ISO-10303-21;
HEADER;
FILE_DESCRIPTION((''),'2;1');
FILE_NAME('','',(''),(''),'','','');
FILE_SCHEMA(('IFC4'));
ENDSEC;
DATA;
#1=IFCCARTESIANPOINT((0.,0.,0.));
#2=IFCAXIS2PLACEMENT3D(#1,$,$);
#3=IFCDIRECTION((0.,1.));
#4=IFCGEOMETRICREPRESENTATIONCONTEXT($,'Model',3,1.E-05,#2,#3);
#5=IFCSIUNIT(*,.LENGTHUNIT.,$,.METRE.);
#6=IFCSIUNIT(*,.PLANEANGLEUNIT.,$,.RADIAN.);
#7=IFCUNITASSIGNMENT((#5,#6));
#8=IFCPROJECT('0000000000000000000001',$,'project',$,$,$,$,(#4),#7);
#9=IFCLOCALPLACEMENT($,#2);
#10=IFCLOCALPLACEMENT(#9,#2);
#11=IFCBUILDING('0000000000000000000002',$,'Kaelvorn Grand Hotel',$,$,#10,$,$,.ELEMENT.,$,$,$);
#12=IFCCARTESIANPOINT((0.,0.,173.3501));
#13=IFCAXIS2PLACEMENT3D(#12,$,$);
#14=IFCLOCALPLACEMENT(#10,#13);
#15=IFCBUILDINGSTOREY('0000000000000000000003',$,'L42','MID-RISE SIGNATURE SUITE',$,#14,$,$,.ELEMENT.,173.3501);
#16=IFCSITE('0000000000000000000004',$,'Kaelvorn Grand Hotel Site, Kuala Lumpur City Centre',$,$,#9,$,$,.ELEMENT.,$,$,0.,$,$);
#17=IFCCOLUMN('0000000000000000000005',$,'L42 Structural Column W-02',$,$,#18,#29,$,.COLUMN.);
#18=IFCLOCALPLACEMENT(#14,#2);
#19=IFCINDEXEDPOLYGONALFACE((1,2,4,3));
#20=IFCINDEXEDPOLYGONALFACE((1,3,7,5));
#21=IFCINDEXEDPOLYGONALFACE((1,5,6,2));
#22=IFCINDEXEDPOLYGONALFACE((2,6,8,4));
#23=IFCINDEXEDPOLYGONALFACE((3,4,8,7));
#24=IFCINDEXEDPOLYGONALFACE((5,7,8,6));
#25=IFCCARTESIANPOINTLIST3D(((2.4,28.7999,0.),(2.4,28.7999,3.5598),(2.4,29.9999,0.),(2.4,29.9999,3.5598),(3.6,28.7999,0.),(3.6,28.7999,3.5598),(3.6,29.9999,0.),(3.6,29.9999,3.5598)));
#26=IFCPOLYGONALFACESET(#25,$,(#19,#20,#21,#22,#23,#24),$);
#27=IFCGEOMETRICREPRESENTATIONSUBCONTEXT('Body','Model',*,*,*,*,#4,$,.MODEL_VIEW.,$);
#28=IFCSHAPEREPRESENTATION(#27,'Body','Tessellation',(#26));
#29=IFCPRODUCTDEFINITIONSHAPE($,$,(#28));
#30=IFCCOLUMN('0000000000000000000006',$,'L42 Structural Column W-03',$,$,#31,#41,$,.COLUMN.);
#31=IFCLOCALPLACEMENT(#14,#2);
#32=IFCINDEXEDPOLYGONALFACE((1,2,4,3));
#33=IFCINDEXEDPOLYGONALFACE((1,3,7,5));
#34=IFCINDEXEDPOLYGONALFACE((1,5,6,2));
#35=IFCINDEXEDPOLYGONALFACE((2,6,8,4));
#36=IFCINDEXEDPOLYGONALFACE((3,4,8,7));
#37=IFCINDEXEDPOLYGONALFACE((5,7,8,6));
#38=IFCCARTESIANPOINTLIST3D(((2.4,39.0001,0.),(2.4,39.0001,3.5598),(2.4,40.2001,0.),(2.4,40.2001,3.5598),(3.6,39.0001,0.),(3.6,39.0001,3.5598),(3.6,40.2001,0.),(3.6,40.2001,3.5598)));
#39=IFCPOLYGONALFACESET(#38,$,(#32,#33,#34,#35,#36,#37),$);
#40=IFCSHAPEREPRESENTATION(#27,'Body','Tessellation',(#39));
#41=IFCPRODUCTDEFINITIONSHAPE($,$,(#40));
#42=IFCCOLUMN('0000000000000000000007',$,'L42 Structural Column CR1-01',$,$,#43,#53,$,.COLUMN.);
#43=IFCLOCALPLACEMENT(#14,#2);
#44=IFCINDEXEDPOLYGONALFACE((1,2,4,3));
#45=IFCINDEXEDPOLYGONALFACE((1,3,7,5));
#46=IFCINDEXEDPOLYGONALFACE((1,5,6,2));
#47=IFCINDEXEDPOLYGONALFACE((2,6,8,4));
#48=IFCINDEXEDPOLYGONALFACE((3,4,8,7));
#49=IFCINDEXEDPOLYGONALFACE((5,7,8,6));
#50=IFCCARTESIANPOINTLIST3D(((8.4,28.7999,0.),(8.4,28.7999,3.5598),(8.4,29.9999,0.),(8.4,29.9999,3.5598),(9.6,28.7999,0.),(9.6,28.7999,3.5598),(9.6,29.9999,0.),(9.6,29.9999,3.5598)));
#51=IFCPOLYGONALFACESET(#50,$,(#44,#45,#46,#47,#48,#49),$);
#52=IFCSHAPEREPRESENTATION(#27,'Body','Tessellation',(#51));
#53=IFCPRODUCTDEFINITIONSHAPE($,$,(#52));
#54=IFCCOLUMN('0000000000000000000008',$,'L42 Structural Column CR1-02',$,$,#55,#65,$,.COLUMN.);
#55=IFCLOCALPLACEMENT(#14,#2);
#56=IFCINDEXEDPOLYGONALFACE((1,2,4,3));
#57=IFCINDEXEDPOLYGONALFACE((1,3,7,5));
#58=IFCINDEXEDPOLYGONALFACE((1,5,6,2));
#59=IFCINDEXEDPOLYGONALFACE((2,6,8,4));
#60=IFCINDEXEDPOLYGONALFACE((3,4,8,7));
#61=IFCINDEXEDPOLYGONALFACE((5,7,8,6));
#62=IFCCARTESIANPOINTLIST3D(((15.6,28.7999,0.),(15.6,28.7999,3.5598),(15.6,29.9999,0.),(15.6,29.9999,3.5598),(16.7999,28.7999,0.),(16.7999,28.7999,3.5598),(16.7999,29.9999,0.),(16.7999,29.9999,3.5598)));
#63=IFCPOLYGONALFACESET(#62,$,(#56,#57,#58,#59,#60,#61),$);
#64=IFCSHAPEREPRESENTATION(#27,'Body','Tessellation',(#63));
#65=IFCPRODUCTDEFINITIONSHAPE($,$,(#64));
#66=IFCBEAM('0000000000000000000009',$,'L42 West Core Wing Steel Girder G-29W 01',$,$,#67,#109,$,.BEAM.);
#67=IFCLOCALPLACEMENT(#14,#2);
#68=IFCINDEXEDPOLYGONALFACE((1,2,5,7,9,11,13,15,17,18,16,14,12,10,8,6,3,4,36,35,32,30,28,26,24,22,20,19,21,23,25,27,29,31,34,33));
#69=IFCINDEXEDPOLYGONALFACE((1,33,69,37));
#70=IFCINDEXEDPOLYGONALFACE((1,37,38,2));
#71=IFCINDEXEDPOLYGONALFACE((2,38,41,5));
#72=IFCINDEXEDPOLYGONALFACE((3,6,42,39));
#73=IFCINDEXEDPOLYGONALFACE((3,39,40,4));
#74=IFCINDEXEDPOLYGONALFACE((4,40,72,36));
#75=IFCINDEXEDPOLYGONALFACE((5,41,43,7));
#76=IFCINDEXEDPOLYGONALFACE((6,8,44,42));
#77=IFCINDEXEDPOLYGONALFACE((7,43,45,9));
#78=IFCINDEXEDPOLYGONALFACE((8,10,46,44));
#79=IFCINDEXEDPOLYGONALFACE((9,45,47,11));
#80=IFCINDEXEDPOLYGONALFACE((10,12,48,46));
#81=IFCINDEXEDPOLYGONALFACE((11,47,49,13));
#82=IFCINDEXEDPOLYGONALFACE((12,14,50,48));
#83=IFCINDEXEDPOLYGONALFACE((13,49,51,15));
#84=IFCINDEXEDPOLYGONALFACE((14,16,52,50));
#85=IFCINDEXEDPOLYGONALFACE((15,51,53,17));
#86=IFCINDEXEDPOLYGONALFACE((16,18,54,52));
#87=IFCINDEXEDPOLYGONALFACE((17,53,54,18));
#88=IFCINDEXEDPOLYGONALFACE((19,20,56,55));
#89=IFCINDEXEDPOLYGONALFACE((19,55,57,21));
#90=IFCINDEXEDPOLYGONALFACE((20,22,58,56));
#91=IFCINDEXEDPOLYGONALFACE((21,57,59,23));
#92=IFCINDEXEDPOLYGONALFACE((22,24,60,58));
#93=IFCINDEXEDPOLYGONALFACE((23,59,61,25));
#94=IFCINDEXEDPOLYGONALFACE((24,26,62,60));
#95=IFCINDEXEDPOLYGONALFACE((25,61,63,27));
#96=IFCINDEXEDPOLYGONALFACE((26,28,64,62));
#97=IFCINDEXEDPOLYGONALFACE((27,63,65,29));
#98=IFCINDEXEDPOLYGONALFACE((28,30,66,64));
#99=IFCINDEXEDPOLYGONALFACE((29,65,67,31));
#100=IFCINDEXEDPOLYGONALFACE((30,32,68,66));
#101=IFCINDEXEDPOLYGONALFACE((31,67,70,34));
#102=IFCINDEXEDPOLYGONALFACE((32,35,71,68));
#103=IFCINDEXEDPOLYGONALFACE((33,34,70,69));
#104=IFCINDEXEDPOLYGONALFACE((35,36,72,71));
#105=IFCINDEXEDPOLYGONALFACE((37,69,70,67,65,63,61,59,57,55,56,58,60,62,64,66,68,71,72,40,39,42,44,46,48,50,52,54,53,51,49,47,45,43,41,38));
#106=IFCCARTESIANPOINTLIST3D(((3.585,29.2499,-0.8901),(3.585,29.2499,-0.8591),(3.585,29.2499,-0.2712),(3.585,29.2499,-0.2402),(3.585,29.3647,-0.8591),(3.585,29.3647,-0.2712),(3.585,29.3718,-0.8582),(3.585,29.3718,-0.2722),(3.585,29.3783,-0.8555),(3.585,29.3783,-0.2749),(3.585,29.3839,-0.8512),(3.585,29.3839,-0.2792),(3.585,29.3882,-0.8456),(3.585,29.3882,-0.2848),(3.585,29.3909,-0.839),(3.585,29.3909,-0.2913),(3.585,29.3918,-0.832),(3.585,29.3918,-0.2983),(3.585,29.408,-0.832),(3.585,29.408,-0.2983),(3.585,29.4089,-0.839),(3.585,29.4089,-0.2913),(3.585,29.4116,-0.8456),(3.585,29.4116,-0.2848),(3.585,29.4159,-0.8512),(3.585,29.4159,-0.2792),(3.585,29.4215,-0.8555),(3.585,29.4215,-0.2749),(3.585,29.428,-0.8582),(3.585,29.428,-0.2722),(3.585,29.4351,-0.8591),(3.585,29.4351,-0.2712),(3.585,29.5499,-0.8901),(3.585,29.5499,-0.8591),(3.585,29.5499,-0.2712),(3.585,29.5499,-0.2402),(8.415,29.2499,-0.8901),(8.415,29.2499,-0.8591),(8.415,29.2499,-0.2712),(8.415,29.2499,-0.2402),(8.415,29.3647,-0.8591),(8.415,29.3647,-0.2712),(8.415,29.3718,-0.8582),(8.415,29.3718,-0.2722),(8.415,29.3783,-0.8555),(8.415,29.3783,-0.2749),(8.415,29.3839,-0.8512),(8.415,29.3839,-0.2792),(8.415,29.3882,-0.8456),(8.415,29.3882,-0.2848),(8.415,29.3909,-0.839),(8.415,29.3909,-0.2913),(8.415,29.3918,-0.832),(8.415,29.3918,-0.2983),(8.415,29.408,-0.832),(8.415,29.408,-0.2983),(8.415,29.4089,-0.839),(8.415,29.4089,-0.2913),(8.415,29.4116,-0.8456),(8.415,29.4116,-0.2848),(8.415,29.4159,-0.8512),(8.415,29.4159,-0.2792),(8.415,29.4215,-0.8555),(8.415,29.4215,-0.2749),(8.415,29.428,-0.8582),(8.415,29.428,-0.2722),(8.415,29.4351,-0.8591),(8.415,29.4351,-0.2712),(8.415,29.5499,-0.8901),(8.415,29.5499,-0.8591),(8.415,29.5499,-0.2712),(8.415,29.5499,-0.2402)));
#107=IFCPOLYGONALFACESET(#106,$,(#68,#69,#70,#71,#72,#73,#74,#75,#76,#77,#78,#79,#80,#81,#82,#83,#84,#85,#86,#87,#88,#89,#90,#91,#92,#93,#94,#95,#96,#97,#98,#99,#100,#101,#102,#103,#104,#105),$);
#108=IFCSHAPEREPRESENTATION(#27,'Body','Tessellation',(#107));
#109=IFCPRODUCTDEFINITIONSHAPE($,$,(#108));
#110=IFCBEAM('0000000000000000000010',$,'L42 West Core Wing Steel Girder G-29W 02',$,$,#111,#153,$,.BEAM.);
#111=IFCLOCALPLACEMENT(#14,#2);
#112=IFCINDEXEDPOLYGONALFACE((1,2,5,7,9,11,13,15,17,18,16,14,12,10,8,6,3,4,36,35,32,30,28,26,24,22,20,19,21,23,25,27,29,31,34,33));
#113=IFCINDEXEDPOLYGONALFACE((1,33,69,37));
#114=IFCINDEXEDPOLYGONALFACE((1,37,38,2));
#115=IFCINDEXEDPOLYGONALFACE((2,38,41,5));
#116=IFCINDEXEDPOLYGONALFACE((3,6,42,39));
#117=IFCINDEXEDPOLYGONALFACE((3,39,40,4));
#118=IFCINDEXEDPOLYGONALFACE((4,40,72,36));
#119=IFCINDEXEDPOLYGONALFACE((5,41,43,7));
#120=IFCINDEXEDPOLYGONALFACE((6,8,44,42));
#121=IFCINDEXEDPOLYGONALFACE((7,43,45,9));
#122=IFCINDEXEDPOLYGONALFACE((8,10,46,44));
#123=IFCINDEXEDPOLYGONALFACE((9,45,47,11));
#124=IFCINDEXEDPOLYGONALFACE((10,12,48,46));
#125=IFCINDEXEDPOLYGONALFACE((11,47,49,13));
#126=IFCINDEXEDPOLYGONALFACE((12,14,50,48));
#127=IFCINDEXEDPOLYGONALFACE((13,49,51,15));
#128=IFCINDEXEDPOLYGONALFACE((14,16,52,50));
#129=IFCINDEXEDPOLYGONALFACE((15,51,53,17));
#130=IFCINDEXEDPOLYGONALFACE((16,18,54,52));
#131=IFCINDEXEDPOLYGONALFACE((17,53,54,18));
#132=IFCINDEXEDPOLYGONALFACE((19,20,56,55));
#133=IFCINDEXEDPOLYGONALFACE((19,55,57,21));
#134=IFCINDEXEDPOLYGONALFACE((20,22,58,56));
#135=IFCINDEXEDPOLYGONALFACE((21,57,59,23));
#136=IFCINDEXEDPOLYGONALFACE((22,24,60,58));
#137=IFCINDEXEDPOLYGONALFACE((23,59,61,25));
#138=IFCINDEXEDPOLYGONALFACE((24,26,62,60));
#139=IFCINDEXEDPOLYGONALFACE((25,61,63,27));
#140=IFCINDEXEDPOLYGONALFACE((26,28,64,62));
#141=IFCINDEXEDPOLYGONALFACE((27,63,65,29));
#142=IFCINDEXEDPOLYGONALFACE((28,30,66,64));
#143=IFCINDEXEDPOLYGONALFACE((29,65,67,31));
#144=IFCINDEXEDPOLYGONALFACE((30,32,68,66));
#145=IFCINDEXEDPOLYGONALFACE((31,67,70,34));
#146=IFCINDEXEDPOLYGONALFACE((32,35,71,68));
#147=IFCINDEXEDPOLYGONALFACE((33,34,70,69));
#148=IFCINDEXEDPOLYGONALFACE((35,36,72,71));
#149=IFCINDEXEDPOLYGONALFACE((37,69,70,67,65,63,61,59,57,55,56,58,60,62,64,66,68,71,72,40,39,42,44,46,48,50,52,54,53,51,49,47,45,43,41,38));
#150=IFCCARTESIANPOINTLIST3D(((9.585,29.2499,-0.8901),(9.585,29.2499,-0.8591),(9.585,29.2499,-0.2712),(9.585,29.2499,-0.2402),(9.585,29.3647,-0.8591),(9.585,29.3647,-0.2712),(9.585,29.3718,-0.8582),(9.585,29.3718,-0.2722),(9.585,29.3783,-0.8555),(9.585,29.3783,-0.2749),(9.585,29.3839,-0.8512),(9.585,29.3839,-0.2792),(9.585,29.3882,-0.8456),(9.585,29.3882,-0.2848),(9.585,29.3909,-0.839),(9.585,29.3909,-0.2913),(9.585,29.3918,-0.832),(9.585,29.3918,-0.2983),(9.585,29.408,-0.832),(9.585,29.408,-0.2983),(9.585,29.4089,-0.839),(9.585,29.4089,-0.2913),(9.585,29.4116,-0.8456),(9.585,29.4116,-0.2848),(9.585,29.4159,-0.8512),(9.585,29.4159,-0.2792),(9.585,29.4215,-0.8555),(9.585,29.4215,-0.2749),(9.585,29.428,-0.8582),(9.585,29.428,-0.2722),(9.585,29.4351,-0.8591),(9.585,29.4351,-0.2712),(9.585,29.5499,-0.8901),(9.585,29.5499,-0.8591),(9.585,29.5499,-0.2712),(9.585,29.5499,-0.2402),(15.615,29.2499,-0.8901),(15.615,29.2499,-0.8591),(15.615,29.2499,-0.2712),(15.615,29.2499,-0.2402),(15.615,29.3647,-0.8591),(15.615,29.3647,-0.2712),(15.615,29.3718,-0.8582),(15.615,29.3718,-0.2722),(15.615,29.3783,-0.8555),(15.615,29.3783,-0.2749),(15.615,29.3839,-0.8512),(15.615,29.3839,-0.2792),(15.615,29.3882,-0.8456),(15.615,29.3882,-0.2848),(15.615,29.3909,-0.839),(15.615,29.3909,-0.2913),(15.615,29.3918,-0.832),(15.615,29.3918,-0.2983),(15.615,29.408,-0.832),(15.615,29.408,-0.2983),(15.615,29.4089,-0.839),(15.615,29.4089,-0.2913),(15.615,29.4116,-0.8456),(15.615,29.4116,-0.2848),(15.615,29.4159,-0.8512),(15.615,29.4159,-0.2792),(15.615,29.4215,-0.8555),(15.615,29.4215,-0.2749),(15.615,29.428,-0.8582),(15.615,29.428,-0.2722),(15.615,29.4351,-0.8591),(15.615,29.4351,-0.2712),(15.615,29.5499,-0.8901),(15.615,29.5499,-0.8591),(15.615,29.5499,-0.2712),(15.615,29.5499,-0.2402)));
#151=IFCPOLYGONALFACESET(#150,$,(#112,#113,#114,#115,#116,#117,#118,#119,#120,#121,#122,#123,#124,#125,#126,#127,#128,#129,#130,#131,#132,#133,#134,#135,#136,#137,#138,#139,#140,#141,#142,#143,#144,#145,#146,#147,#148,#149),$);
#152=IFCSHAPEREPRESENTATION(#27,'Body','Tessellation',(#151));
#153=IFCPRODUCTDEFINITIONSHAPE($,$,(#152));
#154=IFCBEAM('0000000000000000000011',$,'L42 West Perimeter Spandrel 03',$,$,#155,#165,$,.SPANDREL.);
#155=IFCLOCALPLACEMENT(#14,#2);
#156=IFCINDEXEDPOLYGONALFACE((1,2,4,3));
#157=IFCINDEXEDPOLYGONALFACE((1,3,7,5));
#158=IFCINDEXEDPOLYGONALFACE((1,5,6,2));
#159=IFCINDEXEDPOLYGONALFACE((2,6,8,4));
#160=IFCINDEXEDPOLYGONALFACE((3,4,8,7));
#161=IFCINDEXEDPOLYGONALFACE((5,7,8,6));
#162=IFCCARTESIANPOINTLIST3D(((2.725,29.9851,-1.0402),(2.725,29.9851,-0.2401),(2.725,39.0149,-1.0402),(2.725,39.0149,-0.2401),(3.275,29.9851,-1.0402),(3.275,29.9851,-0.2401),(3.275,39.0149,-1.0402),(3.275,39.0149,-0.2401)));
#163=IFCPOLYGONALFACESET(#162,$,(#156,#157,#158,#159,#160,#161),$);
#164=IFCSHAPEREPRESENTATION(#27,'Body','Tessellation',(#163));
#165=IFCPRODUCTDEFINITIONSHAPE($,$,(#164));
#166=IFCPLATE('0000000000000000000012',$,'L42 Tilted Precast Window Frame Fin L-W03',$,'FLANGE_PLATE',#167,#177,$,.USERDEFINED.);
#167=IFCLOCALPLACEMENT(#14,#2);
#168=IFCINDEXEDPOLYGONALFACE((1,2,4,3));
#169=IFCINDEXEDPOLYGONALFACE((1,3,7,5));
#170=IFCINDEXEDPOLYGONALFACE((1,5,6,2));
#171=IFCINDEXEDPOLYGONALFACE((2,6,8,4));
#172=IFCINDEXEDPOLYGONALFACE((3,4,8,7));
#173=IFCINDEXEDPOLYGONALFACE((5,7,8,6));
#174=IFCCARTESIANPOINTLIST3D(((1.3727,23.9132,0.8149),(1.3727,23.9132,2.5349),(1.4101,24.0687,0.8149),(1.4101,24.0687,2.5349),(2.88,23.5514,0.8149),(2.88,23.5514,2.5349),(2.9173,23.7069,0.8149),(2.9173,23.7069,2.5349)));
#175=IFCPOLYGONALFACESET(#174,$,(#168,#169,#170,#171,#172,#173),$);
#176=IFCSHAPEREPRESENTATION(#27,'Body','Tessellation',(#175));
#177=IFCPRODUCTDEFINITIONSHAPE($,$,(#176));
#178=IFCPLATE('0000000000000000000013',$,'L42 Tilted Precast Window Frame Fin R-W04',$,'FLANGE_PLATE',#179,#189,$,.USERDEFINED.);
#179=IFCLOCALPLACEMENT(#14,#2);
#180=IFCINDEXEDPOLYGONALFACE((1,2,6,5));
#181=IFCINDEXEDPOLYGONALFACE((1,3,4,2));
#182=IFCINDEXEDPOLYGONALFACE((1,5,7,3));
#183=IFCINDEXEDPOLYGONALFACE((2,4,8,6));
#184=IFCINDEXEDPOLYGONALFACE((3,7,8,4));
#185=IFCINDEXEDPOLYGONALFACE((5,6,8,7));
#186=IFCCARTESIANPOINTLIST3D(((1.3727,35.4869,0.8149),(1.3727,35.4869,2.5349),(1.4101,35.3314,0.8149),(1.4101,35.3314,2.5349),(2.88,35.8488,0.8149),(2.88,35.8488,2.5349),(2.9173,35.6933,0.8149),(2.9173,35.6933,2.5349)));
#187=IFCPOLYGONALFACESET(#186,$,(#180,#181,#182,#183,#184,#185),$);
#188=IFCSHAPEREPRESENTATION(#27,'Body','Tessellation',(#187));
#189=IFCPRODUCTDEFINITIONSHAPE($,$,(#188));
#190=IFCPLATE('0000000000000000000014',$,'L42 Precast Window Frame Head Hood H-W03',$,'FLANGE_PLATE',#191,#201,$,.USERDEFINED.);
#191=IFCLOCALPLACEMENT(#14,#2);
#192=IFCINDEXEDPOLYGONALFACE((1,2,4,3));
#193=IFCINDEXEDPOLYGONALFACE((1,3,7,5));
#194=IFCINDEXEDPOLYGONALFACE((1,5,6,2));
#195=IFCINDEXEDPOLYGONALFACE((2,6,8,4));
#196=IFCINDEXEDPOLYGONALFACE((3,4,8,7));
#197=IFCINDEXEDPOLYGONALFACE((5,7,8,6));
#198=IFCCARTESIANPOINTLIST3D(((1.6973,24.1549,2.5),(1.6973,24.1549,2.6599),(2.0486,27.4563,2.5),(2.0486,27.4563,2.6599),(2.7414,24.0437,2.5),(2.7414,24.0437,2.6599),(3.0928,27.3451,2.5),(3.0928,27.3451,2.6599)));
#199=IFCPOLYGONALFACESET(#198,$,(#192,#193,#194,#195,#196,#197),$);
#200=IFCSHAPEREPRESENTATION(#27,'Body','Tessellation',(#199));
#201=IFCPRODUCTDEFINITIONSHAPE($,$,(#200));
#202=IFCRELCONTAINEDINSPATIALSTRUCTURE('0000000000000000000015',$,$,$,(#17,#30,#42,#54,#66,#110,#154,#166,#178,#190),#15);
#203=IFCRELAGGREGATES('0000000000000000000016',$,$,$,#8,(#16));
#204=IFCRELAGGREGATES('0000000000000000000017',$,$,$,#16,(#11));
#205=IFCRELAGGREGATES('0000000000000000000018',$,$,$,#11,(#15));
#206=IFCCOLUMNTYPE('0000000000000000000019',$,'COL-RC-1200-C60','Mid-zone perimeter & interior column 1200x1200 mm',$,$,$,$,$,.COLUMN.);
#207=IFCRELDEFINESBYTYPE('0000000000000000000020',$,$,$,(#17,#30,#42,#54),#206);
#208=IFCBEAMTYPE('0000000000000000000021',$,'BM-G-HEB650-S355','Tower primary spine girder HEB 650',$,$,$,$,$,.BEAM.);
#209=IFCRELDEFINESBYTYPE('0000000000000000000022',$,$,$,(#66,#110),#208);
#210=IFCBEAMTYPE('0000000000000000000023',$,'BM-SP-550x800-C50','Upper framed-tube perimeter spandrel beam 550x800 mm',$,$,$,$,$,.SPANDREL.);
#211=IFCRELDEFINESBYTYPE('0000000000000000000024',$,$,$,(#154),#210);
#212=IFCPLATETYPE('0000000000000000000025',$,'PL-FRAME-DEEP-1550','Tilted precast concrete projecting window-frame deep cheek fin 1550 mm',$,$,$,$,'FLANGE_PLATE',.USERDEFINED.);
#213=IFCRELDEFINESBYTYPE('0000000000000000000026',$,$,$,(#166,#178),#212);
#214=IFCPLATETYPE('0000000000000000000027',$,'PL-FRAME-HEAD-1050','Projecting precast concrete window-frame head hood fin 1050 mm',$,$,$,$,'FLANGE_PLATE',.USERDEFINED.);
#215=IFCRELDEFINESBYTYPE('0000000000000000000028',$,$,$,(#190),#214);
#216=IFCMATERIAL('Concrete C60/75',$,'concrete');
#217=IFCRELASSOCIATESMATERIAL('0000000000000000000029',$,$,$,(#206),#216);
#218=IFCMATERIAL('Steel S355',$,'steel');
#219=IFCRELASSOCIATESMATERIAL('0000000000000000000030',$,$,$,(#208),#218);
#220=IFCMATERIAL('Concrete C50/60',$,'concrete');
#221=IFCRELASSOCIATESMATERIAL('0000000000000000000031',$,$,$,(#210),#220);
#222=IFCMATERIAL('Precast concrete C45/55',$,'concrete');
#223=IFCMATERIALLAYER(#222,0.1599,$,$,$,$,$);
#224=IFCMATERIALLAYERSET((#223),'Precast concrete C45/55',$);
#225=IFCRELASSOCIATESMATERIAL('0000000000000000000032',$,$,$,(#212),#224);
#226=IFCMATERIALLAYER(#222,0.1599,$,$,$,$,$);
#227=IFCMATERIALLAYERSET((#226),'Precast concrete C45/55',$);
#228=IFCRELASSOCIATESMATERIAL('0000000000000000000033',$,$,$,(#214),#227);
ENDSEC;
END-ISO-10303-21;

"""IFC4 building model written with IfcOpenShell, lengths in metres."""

from ifc_helpers import new_model, si_unit, direction, frame, origin, origin_2d, place, context, subcontext, project, spatial, rectangle, i_section, extrude, material, layer, layer_set, material_profile, profile_set, type_object, element, save


model = new_model("IFC4")

# Units and contexts
model_context = context("Model", 3, precision=1e-05, world=origin(), true_north=direction((0.0, 1.0)))
body_context = subcontext(model_context, "Body", "Model", "MODEL_VIEW")
ifc_project = project(units=[si_unit("LENGTHUNIT", "METRE"), si_unit("PLANEANGLEUNIT", "RADIAN")], contexts=[model_context])

# Site, building, storey
site_placement = place(None, origin())
site = spatial("IfcSite", under=ifc_project, at=site_placement, Name="Kaelvorn Grand Hotel Site, Kuala Lumpur City Centre", CompositionType="ELEMENT", RefElevation=0.0)
building_placement = place(site_placement, origin())
building = spatial("IfcBuilding", under=site, at=building_placement, Name="Kaelvorn Grand Hotel", CompositionType="ELEMENT")
storey_placement = place(building_placement, frame((0.0, 0.0, 173.3501)))
storey = spatial("IfcBuildingStorey", under=building, at=storey_placement, Name="L42", Description="MID-RISE SIGNATURE SUITE", CompositionType="ELEMENT", Elevation=173.3501)

# Columns
ifc_material_1 = material(Name="Concrete C60/75", Category="concrete")
ifc_material_profile_1 = material_profile(ifc_material_1, rectangle(XDim=1.2, YDim=1.2, at=origin_2d()), Name="RC COL 1200x1200")
ifc_profile_set_1 = profile_set([ifc_material_profile_1], Name="Concrete C60/75")
column_type = type_object("IfcColumnType", Name="COL-RC-1200-C60", Description="Mid-zone perimeter & interior column 1200x1200 mm", PredefinedType="COLUMN", material=ifc_profile_set_1)
for number, where, z_axis, x_axis, name in (
    (1, (3.0, 29.3999, 0.0), (0.0, 0.0, 1.0), (1.0, 0.0, 0.0), "L42 Structural Column W-02"),
    (2, (3.0, 39.6001, 0.0), (0.0, 0.0, 1.0), (1.0, 0.0, 0.0), "L42 Structural Column W-03"),
    (3, (9.0, 29.3999, 0.0), (0.0, 0.0, 1.0), (1.0, 0.0, 0.0), "L42 Structural Column CR1-01"),
    (4, (16.2, 29.3999, 0.0), (0.0, 0.0, 1.0), (1.0, 0.0, 0.0), "L42 Structural Column CR1-02"),
):
    element("IfcColumn", number, at=place(storey_placement, frame(where, z_axis=z_axis, x_axis=x_axis)), inside=storey, type_object=column_type, Name=name, PredefinedType="COLUMN", context=body_context, shape_type="SweptSolid", body=[
        extrude(rectangle(XDim=1.2, YDim=1.2, at=origin_2d()), origin(), (0.0, 0.0, 1.0), 3.5598),
    ])

# Beams
ifc_material_2 = material(Name="Steel S355", Category="steel")
ifc_material_profile_2 = material_profile(ifc_material_2, i_section(OverallWidth=0.3, OverallDepth=0.6499, WebThickness=0.0161, FlangeThickness=0.031, FilletRadius=0.0271, at=origin_2d()), Name="HEB 650")
ifc_profile_set_2 = profile_set([ifc_material_profile_2], Name="Steel S355")
beam_type_1 = type_object("IfcBeamType", Name="BM-G-HEB650-S355", Description="Tower primary spine girder HEB 650", PredefinedType="BEAM", material=ifc_profile_set_2)
beam_1_placement = place(storey_placement, frame((3.585, 29.3999, -0.5652), z_axis=(1.0, 0.0, 0.0), x_axis=(0.0, 1.0, 0.0)))
element("IfcBeam", 5, at=beam_1_placement, inside=storey, type_object=beam_type_1, Name="L42 West Core Wing Steel Girder G-29W 01", PredefinedType="BEAM", context=body_context, shape_type="SweptSolid", body=[
    extrude(i_section(OverallWidth=0.3, OverallDepth=0.6499, WebThickness=0.0161, FlangeThickness=0.031, FilletRadius=0.0271, at=origin_2d()), origin(), (0.0, 0.0, 1.0), 4.8301),
])
beam_2_placement = place(storey_placement, frame((9.585, 29.3999, -0.5652), z_axis=(1.0, 0.0, 0.0), x_axis=(0.0, 1.0, 0.0)))
element("IfcBeam", 6, at=beam_2_placement, inside=storey, type_object=beam_type_1, Name="L42 West Core Wing Steel Girder G-29W 02", PredefinedType="BEAM", context=body_context, shape_type="SweptSolid", body=[
    extrude(i_section(OverallWidth=0.3, OverallDepth=0.6499, WebThickness=0.0161, FlangeThickness=0.031, FilletRadius=0.0271, at=origin_2d()), origin(), (0.0, 0.0, 1.0), 6.03),
])
ifc_material_3 = material(Name="Concrete C50/60", Category="concrete")
ifc_material_profile_3 = material_profile(ifc_material_3, rectangle(XDim=0.55, YDim=0.8, at=origin_2d()), Name="RC SPANDREL 550x800")
ifc_profile_set_3 = profile_set([ifc_material_profile_3], Name="Concrete C50/60")
beam_type_2 = type_object("IfcBeamType", Name="BM-SP-550x800-C50", Description="Upper framed-tube perimeter spandrel beam 550x800 mm", PredefinedType="SPANDREL", material=ifc_profile_set_3)
beam_3_placement = place(storey_placement, frame((3.0, 29.9851, -0.6401), z_axis=(0.0, 1.0, 0.0), x_axis=(-1.0, 0.0, 0.0)))
element("IfcBeam", 7, at=beam_3_placement, inside=storey, type_object=beam_type_2, Name="L42 West Perimeter Spandrel 03", PredefinedType="SPANDREL", context=body_context, shape_type="SweptSolid", body=[
    extrude(rectangle(XDim=0.55, YDim=0.8, at=origin_2d()), origin(), (0.0, 0.0, 1.0), 9.0298),
])

# Plates
ifc_material_4 = material(Name="Precast concrete C45/55", Category="concrete")
ifc_layer_1 = layer(ifc_material_4, 0.1599)
ifc_layer_set_1 = layer_set([ifc_layer_1], Name="Precast concrete C45/55")
plate_type_1 = type_object("IfcPlateType", Name="PL-FRAME-DEEP-1550", Description="Tilted precast concrete projecting window-frame deep cheek fin 1550 mm", ElementType="FLANGE_PLATE", PredefinedType="USERDEFINED", material=ifc_layer_set_1)
for number, where, z_axis, x_axis, name in (
    (8, (2.145, 23.8101, 0.8149), (0.0, 0.0, 1.0), (0.233445, 0.97237, 0.0), "L42 Tilted Precast Window Frame Fin L-W03"),
    (9, (2.145, 35.5901, 0.8149), (0.0, 0.0, 1.0), (-0.233445, 0.97237, 0.0), "L42 Tilted Precast Window Frame Fin R-W04"),
):
    element("IfcPlate", number, at=place(storey_placement, frame(where, z_axis=z_axis, x_axis=x_axis)), inside=storey, type_object=plate_type_1, Name=name, ObjectType="FLANGE_PLATE", PredefinedType="USERDEFINED", context=body_context, shape_type="SweptSolid", body=[
        extrude(rectangle(XDim=0.1599, YDim=1.55, at=origin_2d()), origin(), (0.0, 0.0, 1.0), 1.72),
    ])
ifc_layer_2 = layer(ifc_material_4, 0.1599)
ifc_layer_set_2 = layer_set([ifc_layer_2], Name="Precast concrete C45/55")
plate_type_2 = type_object("IfcPlateType", Name="PL-FRAME-HEAD-1050", Description="Projecting precast concrete window-frame head hood fin 1050 mm", ElementType="FLANGE_PLATE", PredefinedType="USERDEFINED", material=ifc_layer_set_2)
for number, where, z_axis, x_axis, name in (
    (10, (2.395, 25.75, 2.5), (0.0, 0.0, 1.0), (0.10583, 0.994384, 0.0), "L42 Precast Window Frame Head Hood H-W03"),
):
    element("IfcPlate", number, at=place(storey_placement, frame(where, z_axis=z_axis, x_axis=x_axis)), inside=storey, type_object=plate_type_2, Name=name, ObjectType="FLANGE_PLATE", PredefinedType="USERDEFINED", context=body_context, shape_type="SweptSolid", body=[
        extrude(rectangle(XDim=3.3201, YDim=1.05, at=origin_2d()), origin(), (0.0, 0.0, 1.0), 0.1599),
    ])

save(model, "model.ifc")
